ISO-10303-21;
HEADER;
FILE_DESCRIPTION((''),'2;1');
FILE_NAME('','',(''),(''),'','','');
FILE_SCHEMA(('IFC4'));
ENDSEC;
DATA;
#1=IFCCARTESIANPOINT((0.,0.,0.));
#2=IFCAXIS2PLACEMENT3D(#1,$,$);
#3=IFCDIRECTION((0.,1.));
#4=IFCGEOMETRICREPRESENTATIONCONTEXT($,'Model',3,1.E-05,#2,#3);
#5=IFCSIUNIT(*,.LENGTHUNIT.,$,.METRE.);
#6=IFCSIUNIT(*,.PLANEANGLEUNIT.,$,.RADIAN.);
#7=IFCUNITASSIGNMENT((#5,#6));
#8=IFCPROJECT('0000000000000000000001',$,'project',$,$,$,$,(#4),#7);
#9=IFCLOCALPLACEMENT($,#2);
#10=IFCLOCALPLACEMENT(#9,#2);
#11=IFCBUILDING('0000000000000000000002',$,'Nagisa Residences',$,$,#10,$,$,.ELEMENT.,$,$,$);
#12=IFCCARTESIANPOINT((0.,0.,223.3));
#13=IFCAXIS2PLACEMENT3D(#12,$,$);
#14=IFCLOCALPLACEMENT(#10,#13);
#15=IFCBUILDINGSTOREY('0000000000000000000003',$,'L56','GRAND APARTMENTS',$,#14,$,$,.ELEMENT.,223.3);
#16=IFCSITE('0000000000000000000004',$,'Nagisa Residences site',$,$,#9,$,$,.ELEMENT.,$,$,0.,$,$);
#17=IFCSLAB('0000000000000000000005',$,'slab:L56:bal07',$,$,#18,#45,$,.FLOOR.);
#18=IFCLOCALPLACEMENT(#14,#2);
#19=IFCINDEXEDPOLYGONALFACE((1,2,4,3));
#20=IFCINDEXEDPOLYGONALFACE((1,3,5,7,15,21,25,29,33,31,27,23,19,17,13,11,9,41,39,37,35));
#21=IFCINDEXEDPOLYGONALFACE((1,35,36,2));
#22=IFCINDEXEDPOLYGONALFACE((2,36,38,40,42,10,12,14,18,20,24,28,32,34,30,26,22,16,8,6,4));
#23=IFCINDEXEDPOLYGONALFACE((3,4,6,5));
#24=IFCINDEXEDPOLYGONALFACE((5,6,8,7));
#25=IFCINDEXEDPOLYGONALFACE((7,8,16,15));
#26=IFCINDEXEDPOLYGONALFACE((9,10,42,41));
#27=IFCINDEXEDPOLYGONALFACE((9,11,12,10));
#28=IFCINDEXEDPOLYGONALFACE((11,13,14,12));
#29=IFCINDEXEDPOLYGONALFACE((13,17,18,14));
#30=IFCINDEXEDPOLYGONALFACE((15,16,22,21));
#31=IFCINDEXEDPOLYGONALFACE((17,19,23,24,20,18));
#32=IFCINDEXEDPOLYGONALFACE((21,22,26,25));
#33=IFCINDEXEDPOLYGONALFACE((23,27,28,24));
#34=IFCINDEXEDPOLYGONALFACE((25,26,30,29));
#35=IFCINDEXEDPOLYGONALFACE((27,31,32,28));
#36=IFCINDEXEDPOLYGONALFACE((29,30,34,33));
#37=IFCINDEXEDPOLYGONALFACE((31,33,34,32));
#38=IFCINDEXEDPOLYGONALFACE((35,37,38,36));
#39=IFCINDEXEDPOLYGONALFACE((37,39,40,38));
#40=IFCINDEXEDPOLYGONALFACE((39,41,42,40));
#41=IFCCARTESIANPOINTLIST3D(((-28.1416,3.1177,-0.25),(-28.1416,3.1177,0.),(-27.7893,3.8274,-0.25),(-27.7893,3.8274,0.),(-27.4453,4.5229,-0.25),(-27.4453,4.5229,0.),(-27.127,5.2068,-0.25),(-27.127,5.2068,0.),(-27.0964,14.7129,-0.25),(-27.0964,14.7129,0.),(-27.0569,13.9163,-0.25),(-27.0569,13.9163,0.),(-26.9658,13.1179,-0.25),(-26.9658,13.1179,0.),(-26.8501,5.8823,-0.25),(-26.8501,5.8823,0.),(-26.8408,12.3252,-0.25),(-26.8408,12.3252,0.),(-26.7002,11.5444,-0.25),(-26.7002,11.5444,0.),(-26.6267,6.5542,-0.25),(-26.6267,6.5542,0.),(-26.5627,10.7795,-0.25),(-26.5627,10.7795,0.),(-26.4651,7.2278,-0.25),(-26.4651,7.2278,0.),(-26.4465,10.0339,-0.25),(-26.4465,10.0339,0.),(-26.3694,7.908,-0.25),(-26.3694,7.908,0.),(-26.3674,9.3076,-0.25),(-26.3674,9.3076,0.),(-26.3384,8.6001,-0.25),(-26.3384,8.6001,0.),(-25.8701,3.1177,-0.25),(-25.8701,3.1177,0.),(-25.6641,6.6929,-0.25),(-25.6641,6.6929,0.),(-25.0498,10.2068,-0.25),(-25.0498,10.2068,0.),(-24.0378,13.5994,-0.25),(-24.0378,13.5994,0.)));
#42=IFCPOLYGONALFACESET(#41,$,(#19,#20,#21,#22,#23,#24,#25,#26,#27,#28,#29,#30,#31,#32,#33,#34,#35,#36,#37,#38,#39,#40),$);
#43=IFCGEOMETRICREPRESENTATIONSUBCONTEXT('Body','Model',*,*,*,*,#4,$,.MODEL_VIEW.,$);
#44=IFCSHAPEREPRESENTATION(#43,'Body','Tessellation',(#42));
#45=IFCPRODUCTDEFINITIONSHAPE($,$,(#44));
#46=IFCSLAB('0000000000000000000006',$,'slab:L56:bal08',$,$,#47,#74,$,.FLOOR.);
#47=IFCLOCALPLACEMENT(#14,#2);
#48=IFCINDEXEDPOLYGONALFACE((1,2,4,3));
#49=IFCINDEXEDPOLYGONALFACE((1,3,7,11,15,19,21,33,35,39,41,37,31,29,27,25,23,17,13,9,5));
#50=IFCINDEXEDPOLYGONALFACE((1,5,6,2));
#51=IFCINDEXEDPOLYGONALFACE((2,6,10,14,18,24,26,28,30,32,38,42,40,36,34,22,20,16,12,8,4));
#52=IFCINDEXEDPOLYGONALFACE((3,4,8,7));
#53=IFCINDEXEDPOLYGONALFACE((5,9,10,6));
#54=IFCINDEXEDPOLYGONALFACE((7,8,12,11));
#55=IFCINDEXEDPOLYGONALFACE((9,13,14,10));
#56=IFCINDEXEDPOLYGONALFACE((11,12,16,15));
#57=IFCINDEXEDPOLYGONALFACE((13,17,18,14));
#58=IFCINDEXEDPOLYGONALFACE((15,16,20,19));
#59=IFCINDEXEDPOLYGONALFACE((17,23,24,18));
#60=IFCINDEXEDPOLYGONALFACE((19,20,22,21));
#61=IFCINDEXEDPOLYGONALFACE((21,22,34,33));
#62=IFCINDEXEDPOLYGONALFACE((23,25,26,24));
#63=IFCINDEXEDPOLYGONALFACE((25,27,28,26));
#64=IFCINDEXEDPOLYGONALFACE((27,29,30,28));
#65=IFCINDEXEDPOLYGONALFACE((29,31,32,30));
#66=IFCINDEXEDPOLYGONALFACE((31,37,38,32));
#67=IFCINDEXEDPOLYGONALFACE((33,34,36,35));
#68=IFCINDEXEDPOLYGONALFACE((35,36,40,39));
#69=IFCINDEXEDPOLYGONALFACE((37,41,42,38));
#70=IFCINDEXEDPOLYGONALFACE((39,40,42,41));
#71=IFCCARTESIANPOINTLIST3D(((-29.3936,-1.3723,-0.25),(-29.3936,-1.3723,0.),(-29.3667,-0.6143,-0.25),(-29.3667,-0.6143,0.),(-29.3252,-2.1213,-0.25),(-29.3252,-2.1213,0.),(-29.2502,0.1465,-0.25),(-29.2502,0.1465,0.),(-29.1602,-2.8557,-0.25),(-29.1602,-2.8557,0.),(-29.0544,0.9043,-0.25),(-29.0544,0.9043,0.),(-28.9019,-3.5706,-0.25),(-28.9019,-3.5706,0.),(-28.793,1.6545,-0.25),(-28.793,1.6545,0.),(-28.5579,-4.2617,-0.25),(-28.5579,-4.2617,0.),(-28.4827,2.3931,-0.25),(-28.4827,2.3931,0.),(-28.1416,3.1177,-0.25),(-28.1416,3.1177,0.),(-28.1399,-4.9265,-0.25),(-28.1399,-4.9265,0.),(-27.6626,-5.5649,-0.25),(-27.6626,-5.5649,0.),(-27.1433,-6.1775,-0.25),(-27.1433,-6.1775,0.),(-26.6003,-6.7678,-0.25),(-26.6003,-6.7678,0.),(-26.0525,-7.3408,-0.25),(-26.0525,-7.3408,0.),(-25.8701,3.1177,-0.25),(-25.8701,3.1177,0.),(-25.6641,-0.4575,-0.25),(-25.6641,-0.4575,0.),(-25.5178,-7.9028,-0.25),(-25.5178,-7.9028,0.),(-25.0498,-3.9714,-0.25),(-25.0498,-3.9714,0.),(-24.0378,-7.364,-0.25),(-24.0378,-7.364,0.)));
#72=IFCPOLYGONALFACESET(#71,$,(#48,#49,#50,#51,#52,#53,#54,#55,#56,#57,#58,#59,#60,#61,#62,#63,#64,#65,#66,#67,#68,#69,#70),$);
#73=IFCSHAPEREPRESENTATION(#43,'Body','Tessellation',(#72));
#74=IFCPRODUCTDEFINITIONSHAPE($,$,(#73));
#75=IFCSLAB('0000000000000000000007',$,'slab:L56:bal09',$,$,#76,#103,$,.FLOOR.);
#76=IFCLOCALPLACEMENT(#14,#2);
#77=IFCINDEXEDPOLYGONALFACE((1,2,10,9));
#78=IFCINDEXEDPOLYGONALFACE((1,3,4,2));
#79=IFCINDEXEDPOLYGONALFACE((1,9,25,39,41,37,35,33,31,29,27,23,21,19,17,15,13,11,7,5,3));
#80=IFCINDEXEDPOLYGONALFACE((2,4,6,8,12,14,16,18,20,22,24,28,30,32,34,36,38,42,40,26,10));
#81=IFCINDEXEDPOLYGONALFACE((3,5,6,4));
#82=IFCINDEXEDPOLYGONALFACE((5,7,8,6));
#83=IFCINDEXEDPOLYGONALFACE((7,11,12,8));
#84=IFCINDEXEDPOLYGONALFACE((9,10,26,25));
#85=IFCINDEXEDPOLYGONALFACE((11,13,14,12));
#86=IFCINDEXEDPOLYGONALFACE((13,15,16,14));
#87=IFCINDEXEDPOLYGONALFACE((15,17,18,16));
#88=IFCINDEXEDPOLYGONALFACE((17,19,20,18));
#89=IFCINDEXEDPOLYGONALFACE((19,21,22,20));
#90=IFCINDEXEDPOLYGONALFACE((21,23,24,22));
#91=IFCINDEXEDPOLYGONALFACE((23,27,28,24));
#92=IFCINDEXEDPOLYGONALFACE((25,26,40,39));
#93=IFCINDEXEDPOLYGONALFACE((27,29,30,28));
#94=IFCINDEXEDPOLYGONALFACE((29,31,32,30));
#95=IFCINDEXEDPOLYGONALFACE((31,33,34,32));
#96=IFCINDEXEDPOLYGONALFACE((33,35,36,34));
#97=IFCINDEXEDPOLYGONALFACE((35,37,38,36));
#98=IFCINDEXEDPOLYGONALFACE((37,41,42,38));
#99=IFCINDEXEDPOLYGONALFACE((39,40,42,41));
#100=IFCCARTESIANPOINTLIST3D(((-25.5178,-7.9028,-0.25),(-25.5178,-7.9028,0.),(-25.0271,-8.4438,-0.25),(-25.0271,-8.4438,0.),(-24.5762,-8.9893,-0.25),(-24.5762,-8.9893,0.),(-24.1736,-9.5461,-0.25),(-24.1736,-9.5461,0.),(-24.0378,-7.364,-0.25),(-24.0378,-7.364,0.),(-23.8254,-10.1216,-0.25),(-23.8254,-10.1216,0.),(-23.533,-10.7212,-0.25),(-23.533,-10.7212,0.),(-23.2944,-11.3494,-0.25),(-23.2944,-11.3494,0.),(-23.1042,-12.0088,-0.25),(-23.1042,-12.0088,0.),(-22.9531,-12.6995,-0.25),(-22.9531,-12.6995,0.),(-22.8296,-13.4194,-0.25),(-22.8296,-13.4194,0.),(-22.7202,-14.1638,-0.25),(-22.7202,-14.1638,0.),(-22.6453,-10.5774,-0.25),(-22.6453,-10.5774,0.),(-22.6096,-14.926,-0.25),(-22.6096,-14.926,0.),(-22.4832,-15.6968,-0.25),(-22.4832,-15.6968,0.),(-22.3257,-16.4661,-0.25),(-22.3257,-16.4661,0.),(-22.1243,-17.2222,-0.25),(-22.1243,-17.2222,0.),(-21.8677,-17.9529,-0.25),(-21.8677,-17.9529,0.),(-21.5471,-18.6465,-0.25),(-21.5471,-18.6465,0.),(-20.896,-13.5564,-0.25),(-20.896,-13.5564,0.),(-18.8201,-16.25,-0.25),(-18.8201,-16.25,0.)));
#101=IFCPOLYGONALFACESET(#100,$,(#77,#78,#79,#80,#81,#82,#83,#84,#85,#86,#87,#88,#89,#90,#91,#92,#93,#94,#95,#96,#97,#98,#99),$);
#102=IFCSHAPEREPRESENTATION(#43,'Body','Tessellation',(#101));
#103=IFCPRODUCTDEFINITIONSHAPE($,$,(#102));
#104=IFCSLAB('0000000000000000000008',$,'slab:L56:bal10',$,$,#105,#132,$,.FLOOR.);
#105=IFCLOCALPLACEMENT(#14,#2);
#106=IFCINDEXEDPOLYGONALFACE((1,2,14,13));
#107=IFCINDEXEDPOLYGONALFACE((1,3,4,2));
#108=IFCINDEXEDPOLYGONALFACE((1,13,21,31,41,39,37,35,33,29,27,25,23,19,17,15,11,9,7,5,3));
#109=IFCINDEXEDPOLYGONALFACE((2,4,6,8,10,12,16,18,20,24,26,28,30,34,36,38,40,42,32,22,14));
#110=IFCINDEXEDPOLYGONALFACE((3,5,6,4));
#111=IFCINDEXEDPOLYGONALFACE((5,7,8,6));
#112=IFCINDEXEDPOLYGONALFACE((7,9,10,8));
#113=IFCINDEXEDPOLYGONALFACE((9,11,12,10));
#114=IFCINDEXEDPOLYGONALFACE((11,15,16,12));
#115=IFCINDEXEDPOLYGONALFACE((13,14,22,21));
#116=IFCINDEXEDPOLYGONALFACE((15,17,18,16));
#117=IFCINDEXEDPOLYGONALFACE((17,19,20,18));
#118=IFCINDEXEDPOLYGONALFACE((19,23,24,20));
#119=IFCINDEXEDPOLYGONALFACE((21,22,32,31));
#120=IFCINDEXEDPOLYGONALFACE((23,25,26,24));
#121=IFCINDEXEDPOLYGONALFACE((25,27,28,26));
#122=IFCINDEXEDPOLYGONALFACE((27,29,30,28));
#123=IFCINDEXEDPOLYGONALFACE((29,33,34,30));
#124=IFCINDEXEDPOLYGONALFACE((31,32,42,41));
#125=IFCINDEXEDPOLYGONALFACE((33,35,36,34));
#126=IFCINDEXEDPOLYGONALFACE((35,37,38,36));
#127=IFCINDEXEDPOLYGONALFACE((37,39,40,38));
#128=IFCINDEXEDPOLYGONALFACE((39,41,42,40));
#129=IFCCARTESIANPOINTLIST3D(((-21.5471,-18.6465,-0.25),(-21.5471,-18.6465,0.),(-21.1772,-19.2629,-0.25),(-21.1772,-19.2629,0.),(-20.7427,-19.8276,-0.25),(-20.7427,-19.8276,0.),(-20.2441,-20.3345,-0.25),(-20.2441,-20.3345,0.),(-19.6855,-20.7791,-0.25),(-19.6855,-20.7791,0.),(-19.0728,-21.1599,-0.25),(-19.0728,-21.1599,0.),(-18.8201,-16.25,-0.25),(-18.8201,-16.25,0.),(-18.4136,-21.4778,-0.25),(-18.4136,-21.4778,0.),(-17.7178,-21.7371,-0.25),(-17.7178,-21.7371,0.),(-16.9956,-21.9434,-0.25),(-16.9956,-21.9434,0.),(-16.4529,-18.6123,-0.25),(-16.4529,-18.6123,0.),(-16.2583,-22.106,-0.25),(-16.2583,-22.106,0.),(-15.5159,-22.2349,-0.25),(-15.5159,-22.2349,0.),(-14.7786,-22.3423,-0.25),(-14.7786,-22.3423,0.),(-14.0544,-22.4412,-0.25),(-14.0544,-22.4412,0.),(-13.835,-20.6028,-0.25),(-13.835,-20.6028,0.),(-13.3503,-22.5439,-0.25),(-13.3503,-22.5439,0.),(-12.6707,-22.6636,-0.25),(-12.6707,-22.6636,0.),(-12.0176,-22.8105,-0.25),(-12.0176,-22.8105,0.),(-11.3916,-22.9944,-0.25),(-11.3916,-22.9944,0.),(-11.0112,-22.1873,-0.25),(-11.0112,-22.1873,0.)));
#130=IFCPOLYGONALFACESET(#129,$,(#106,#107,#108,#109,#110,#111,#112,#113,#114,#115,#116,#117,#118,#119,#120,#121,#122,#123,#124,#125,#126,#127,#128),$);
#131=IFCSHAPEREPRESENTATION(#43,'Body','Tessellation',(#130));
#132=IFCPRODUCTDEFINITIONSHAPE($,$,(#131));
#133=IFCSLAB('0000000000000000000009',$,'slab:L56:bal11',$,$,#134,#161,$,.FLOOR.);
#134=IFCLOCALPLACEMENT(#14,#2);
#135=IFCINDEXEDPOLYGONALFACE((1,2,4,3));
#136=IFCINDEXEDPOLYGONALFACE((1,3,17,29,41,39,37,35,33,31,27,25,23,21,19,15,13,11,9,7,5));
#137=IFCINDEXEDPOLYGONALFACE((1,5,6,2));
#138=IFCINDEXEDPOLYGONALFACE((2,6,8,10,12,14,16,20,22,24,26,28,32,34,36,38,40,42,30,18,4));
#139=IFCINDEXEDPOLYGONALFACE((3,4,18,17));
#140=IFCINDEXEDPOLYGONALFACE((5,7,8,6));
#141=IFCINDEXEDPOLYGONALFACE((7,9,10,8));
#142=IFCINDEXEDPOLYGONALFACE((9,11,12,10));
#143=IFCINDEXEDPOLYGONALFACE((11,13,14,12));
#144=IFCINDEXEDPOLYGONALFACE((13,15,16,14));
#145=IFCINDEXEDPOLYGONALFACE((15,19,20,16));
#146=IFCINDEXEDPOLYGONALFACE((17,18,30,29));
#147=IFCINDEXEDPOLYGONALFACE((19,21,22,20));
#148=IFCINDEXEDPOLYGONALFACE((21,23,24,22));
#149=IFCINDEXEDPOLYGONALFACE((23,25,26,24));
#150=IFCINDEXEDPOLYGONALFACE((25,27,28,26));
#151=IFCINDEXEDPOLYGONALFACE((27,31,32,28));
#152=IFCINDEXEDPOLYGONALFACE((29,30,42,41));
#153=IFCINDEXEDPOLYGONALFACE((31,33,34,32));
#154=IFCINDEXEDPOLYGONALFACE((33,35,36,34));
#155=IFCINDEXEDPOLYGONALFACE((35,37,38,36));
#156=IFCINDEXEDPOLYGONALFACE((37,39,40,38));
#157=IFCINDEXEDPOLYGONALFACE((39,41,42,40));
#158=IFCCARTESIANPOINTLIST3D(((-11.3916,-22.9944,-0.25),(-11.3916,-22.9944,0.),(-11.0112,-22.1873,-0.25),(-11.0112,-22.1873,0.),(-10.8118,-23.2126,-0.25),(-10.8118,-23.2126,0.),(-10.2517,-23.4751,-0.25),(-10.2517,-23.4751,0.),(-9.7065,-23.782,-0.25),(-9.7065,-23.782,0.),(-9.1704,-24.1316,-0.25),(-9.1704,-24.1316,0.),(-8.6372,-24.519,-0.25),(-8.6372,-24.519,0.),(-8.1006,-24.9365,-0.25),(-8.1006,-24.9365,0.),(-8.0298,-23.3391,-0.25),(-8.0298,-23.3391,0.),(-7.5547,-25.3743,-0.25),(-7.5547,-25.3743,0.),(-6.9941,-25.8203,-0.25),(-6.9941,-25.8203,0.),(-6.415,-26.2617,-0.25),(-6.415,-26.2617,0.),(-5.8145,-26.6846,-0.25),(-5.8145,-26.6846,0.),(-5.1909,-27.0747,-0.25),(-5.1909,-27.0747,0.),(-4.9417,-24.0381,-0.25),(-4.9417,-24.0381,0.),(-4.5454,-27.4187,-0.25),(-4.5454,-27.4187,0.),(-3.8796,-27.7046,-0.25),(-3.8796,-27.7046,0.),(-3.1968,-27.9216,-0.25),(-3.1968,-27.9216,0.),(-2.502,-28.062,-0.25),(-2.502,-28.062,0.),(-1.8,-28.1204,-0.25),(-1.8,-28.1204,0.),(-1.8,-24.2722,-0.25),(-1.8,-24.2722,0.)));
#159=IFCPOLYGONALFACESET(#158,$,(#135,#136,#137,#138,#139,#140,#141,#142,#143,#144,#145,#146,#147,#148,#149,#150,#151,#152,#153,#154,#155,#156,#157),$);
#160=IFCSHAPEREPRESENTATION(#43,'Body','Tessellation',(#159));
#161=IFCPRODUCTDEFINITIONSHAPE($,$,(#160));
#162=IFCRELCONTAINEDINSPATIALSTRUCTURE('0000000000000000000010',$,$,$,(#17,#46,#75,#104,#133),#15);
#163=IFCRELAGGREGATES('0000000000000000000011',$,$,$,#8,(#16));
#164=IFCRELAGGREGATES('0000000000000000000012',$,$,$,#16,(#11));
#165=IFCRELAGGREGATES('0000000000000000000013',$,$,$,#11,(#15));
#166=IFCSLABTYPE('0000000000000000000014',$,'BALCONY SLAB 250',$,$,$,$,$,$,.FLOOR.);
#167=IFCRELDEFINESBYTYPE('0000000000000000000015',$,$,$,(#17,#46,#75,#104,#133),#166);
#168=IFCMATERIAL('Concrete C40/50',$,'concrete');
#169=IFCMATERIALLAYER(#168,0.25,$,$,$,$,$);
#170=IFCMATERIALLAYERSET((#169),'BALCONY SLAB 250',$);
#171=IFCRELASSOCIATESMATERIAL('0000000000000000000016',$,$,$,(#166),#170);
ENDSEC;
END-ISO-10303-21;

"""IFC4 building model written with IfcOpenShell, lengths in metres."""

from ifc_helpers import new_model, si_unit, direction, frame, origin, place, context, subcontext, project, spatial, polyline, outline, extrude, material, layer, layer_set, type_object, element, save


model = new_model("IFC4")

# Units and contexts
model_context = context("Model", 3, precision=1e-05, world=origin(), true_north=direction((0.0, 1.0)))
body_context = subcontext(model_context, "Body", "Model", "MODEL_VIEW")
ifc_project = project(units=[si_unit("LENGTHUNIT", "METRE"), si_unit("PLANEANGLEUNIT", "RADIAN")], contexts=[model_context])

# Site, building, storey
site_placement = place(None, origin())
site = spatial("IfcSite", under=ifc_project, at=site_placement, Name="Nagisa Residences site", CompositionType="ELEMENT", RefElevation=0.0)
building_placement = place(site_placement, origin())
building = spatial("IfcBuilding", under=site, at=building_placement, Name="Nagisa Residences", CompositionType="ELEMENT")
storey_placement = place(building_placement, frame((0.0, 0.0, 223.3)))
storey = spatial("IfcBuildingStorey", under=building, at=storey_placement, Name="L56", Description="GRAND APARTMENTS", CompositionType="ELEMENT", Elevation=223.3)

# Slabs
ifc_material_1 = material(Name="Concrete C40/50", Category="concrete")
ifc_layer_1 = layer(ifc_material_1, 0.25)
ifc_layer_set_1 = layer_set([ifc_layer_1], Name="BALCONY SLAB 250")
slab_type = type_object("IfcSlabType", Name="BALCONY SLAB 250", PredefinedType="FLOOR", material=ifc_layer_set_1)
slab_1_placement = place(storey_placement, frame((0.0, 0.0, -0.25)))
element("IfcSlab", 1, at=slab_1_placement, inside=storey, type_object=slab_type, Name="slab:L56:bal07", PredefinedType="FLOOR", context=body_context, shape_type="SweptSolid", body=[
    extrude(outline(polyline([(-27.0964, 14.7129), (-27.0569, 13.9163), (-26.9658, 13.1179), (-26.8408, 12.3252), (-26.7002, 11.5444), (-26.5627, 10.7795), (-26.4465, 10.0339), (-26.3674, 9.3076), (-26.3384, 8.6001), (-26.3694, 7.908), (-26.4651, 7.2278), (-26.6267, 6.5542), (-26.8501, 5.8823), (-27.127, 5.2068), (-27.4453, 4.5229), (-27.7893, 3.8274), (-28.1416, 3.1177), (-25.8701, 3.1177), (-25.6641, 6.6929), (-25.0498, 10.2068), (-24.0378, 13.5994), (-27.0964, 14.7129)])), origin(), (0.0, 0.0, 1.0), 0.25),
])
slab_2_placement = place(storey_placement, frame((0.0, 0.0, -0.25)))
element("IfcSlab", 2, at=slab_2_placement, inside=storey, type_object=slab_type, Name="slab:L56:bal08", PredefinedType="FLOOR", context=body_context, shape_type="SweptSolid", body=[
    extrude(outline(polyline([(-28.1416, 3.1177), (-28.4827, 2.3931), (-28.793, 1.6545), (-29.0544, 0.9043), (-29.2502, 0.1465), (-29.3667, -0.6143), (-29.3936, -1.3723), (-29.3252, -2.1213), (-29.1602, -2.8557), (-28.9019, -3.5706), (-28.5579, -4.2617), (-28.1399, -4.9265), (-27.6626, -5.5649), (-27.1433, -6.1775), (-26.6003, -6.7678), (-26.0525, -7.3408), (-25.5178, -7.9028), (-24.0378, -7.364), (-25.0498, -3.9714), (-25.6641, -0.4575), (-25.8701, 3.1177), (-28.1416, 3.1177)])), origin(), (0.0, 0.0, 1.0), 0.25),
])
slab_3_placement = place(storey_placement, frame((0.0, 0.0, -0.25)))
element("IfcSlab", 3, at=slab_3_placement, inside=storey, type_object=slab_type, Name="slab:L56:bal09", PredefinedType="FLOOR", context=body_context, shape_type="SweptSolid", body=[
    extrude(outline(polyline([(-25.5178, -7.9028), (-25.0271, -8.4438), (-24.5762, -8.9893), (-24.1736, -9.5461), (-23.8254, -10.1216), (-23.533, -10.7212), (-23.2944, -11.3494), (-23.1042, -12.0088), (-22.9531, -12.6995), (-22.8296, -13.4194), (-22.7202, -14.1638), (-22.6096, -14.926), (-22.4832, -15.6968), (-22.3257, -16.4661), (-22.1243, -17.2222), (-21.8677, -17.9529), (-21.5471, -18.6465), (-18.8201, -16.25), (-20.896, -13.5564), (-22.6453, -10.5774), (-24.0378, -7.364), (-25.5178, -7.9028)])), origin(), (0.0, 0.0, 1.0), 0.25),
])
slab_4_placement = place(storey_placement, frame((0.0, 0.0, -0.25)))
element("IfcSlab", 4, at=slab_4_placement, inside=storey, type_object=slab_type, Name="slab:L56:bal10", PredefinedType="FLOOR", context=body_context, shape_type="SweptSolid", body=[
    extrude(outline(polyline([(-21.5471, -18.6465), (-21.1772, -19.2629), (-20.7427, -19.8276), (-20.2441, -20.3345), (-19.6855, -20.7791), (-19.0728, -21.1599), (-18.4136, -21.4778), (-17.7178, -21.7371), (-16.9956, -21.9434), (-16.2583, -22.106), (-15.5159, -22.2349), (-14.7786, -22.3423), (-14.0544, -22.4412), (-13.3503, -22.5439), (-12.6707, -22.6636), (-12.0176, -22.8105), (-11.3916, -22.9944), (-11.0112, -22.1873), (-13.835, -20.6028), (-16.4529, -18.6123), (-18.8201, -16.25), (-21.5471, -18.6465)])), origin(), (0.0, 0.0, 1.0), 0.25),
])
slab_5_placement = place(storey_placement, frame((0.0, 0.0, -0.25)))
element("IfcSlab", 5, at=slab_5_placement, inside=storey, type_object=slab_type, Name="slab:L56:bal11", PredefinedType="FLOOR", context=body_context, shape_type="SweptSolid", body=[
    extrude(outline(polyline([(-11.3916, -22.9944), (-10.8118, -23.2126), (-10.2517, -23.4751), (-9.7065, -23.782), (-9.1704, -24.1316), (-8.6372, -24.519), (-8.1006, -24.9365), (-7.5547, -25.3743), (-6.9941, -25.8203), (-6.415, -26.2617), (-5.8145, -26.6846), (-5.1909, -27.0747), (-4.5454, -27.4187), (-3.8796, -27.7046), (-3.1968, -27.9216), (-2.502, -28.062), (-1.8, -28.1204), (-1.8, -24.2722), (-4.9417, -24.0381), (-8.0298, -23.3391), (-11.0112, -22.1873), (-11.3916, -22.9944)])), origin(), (0.0, 0.0, 1.0), 0.25),
])

save(model, "model.ifc")
